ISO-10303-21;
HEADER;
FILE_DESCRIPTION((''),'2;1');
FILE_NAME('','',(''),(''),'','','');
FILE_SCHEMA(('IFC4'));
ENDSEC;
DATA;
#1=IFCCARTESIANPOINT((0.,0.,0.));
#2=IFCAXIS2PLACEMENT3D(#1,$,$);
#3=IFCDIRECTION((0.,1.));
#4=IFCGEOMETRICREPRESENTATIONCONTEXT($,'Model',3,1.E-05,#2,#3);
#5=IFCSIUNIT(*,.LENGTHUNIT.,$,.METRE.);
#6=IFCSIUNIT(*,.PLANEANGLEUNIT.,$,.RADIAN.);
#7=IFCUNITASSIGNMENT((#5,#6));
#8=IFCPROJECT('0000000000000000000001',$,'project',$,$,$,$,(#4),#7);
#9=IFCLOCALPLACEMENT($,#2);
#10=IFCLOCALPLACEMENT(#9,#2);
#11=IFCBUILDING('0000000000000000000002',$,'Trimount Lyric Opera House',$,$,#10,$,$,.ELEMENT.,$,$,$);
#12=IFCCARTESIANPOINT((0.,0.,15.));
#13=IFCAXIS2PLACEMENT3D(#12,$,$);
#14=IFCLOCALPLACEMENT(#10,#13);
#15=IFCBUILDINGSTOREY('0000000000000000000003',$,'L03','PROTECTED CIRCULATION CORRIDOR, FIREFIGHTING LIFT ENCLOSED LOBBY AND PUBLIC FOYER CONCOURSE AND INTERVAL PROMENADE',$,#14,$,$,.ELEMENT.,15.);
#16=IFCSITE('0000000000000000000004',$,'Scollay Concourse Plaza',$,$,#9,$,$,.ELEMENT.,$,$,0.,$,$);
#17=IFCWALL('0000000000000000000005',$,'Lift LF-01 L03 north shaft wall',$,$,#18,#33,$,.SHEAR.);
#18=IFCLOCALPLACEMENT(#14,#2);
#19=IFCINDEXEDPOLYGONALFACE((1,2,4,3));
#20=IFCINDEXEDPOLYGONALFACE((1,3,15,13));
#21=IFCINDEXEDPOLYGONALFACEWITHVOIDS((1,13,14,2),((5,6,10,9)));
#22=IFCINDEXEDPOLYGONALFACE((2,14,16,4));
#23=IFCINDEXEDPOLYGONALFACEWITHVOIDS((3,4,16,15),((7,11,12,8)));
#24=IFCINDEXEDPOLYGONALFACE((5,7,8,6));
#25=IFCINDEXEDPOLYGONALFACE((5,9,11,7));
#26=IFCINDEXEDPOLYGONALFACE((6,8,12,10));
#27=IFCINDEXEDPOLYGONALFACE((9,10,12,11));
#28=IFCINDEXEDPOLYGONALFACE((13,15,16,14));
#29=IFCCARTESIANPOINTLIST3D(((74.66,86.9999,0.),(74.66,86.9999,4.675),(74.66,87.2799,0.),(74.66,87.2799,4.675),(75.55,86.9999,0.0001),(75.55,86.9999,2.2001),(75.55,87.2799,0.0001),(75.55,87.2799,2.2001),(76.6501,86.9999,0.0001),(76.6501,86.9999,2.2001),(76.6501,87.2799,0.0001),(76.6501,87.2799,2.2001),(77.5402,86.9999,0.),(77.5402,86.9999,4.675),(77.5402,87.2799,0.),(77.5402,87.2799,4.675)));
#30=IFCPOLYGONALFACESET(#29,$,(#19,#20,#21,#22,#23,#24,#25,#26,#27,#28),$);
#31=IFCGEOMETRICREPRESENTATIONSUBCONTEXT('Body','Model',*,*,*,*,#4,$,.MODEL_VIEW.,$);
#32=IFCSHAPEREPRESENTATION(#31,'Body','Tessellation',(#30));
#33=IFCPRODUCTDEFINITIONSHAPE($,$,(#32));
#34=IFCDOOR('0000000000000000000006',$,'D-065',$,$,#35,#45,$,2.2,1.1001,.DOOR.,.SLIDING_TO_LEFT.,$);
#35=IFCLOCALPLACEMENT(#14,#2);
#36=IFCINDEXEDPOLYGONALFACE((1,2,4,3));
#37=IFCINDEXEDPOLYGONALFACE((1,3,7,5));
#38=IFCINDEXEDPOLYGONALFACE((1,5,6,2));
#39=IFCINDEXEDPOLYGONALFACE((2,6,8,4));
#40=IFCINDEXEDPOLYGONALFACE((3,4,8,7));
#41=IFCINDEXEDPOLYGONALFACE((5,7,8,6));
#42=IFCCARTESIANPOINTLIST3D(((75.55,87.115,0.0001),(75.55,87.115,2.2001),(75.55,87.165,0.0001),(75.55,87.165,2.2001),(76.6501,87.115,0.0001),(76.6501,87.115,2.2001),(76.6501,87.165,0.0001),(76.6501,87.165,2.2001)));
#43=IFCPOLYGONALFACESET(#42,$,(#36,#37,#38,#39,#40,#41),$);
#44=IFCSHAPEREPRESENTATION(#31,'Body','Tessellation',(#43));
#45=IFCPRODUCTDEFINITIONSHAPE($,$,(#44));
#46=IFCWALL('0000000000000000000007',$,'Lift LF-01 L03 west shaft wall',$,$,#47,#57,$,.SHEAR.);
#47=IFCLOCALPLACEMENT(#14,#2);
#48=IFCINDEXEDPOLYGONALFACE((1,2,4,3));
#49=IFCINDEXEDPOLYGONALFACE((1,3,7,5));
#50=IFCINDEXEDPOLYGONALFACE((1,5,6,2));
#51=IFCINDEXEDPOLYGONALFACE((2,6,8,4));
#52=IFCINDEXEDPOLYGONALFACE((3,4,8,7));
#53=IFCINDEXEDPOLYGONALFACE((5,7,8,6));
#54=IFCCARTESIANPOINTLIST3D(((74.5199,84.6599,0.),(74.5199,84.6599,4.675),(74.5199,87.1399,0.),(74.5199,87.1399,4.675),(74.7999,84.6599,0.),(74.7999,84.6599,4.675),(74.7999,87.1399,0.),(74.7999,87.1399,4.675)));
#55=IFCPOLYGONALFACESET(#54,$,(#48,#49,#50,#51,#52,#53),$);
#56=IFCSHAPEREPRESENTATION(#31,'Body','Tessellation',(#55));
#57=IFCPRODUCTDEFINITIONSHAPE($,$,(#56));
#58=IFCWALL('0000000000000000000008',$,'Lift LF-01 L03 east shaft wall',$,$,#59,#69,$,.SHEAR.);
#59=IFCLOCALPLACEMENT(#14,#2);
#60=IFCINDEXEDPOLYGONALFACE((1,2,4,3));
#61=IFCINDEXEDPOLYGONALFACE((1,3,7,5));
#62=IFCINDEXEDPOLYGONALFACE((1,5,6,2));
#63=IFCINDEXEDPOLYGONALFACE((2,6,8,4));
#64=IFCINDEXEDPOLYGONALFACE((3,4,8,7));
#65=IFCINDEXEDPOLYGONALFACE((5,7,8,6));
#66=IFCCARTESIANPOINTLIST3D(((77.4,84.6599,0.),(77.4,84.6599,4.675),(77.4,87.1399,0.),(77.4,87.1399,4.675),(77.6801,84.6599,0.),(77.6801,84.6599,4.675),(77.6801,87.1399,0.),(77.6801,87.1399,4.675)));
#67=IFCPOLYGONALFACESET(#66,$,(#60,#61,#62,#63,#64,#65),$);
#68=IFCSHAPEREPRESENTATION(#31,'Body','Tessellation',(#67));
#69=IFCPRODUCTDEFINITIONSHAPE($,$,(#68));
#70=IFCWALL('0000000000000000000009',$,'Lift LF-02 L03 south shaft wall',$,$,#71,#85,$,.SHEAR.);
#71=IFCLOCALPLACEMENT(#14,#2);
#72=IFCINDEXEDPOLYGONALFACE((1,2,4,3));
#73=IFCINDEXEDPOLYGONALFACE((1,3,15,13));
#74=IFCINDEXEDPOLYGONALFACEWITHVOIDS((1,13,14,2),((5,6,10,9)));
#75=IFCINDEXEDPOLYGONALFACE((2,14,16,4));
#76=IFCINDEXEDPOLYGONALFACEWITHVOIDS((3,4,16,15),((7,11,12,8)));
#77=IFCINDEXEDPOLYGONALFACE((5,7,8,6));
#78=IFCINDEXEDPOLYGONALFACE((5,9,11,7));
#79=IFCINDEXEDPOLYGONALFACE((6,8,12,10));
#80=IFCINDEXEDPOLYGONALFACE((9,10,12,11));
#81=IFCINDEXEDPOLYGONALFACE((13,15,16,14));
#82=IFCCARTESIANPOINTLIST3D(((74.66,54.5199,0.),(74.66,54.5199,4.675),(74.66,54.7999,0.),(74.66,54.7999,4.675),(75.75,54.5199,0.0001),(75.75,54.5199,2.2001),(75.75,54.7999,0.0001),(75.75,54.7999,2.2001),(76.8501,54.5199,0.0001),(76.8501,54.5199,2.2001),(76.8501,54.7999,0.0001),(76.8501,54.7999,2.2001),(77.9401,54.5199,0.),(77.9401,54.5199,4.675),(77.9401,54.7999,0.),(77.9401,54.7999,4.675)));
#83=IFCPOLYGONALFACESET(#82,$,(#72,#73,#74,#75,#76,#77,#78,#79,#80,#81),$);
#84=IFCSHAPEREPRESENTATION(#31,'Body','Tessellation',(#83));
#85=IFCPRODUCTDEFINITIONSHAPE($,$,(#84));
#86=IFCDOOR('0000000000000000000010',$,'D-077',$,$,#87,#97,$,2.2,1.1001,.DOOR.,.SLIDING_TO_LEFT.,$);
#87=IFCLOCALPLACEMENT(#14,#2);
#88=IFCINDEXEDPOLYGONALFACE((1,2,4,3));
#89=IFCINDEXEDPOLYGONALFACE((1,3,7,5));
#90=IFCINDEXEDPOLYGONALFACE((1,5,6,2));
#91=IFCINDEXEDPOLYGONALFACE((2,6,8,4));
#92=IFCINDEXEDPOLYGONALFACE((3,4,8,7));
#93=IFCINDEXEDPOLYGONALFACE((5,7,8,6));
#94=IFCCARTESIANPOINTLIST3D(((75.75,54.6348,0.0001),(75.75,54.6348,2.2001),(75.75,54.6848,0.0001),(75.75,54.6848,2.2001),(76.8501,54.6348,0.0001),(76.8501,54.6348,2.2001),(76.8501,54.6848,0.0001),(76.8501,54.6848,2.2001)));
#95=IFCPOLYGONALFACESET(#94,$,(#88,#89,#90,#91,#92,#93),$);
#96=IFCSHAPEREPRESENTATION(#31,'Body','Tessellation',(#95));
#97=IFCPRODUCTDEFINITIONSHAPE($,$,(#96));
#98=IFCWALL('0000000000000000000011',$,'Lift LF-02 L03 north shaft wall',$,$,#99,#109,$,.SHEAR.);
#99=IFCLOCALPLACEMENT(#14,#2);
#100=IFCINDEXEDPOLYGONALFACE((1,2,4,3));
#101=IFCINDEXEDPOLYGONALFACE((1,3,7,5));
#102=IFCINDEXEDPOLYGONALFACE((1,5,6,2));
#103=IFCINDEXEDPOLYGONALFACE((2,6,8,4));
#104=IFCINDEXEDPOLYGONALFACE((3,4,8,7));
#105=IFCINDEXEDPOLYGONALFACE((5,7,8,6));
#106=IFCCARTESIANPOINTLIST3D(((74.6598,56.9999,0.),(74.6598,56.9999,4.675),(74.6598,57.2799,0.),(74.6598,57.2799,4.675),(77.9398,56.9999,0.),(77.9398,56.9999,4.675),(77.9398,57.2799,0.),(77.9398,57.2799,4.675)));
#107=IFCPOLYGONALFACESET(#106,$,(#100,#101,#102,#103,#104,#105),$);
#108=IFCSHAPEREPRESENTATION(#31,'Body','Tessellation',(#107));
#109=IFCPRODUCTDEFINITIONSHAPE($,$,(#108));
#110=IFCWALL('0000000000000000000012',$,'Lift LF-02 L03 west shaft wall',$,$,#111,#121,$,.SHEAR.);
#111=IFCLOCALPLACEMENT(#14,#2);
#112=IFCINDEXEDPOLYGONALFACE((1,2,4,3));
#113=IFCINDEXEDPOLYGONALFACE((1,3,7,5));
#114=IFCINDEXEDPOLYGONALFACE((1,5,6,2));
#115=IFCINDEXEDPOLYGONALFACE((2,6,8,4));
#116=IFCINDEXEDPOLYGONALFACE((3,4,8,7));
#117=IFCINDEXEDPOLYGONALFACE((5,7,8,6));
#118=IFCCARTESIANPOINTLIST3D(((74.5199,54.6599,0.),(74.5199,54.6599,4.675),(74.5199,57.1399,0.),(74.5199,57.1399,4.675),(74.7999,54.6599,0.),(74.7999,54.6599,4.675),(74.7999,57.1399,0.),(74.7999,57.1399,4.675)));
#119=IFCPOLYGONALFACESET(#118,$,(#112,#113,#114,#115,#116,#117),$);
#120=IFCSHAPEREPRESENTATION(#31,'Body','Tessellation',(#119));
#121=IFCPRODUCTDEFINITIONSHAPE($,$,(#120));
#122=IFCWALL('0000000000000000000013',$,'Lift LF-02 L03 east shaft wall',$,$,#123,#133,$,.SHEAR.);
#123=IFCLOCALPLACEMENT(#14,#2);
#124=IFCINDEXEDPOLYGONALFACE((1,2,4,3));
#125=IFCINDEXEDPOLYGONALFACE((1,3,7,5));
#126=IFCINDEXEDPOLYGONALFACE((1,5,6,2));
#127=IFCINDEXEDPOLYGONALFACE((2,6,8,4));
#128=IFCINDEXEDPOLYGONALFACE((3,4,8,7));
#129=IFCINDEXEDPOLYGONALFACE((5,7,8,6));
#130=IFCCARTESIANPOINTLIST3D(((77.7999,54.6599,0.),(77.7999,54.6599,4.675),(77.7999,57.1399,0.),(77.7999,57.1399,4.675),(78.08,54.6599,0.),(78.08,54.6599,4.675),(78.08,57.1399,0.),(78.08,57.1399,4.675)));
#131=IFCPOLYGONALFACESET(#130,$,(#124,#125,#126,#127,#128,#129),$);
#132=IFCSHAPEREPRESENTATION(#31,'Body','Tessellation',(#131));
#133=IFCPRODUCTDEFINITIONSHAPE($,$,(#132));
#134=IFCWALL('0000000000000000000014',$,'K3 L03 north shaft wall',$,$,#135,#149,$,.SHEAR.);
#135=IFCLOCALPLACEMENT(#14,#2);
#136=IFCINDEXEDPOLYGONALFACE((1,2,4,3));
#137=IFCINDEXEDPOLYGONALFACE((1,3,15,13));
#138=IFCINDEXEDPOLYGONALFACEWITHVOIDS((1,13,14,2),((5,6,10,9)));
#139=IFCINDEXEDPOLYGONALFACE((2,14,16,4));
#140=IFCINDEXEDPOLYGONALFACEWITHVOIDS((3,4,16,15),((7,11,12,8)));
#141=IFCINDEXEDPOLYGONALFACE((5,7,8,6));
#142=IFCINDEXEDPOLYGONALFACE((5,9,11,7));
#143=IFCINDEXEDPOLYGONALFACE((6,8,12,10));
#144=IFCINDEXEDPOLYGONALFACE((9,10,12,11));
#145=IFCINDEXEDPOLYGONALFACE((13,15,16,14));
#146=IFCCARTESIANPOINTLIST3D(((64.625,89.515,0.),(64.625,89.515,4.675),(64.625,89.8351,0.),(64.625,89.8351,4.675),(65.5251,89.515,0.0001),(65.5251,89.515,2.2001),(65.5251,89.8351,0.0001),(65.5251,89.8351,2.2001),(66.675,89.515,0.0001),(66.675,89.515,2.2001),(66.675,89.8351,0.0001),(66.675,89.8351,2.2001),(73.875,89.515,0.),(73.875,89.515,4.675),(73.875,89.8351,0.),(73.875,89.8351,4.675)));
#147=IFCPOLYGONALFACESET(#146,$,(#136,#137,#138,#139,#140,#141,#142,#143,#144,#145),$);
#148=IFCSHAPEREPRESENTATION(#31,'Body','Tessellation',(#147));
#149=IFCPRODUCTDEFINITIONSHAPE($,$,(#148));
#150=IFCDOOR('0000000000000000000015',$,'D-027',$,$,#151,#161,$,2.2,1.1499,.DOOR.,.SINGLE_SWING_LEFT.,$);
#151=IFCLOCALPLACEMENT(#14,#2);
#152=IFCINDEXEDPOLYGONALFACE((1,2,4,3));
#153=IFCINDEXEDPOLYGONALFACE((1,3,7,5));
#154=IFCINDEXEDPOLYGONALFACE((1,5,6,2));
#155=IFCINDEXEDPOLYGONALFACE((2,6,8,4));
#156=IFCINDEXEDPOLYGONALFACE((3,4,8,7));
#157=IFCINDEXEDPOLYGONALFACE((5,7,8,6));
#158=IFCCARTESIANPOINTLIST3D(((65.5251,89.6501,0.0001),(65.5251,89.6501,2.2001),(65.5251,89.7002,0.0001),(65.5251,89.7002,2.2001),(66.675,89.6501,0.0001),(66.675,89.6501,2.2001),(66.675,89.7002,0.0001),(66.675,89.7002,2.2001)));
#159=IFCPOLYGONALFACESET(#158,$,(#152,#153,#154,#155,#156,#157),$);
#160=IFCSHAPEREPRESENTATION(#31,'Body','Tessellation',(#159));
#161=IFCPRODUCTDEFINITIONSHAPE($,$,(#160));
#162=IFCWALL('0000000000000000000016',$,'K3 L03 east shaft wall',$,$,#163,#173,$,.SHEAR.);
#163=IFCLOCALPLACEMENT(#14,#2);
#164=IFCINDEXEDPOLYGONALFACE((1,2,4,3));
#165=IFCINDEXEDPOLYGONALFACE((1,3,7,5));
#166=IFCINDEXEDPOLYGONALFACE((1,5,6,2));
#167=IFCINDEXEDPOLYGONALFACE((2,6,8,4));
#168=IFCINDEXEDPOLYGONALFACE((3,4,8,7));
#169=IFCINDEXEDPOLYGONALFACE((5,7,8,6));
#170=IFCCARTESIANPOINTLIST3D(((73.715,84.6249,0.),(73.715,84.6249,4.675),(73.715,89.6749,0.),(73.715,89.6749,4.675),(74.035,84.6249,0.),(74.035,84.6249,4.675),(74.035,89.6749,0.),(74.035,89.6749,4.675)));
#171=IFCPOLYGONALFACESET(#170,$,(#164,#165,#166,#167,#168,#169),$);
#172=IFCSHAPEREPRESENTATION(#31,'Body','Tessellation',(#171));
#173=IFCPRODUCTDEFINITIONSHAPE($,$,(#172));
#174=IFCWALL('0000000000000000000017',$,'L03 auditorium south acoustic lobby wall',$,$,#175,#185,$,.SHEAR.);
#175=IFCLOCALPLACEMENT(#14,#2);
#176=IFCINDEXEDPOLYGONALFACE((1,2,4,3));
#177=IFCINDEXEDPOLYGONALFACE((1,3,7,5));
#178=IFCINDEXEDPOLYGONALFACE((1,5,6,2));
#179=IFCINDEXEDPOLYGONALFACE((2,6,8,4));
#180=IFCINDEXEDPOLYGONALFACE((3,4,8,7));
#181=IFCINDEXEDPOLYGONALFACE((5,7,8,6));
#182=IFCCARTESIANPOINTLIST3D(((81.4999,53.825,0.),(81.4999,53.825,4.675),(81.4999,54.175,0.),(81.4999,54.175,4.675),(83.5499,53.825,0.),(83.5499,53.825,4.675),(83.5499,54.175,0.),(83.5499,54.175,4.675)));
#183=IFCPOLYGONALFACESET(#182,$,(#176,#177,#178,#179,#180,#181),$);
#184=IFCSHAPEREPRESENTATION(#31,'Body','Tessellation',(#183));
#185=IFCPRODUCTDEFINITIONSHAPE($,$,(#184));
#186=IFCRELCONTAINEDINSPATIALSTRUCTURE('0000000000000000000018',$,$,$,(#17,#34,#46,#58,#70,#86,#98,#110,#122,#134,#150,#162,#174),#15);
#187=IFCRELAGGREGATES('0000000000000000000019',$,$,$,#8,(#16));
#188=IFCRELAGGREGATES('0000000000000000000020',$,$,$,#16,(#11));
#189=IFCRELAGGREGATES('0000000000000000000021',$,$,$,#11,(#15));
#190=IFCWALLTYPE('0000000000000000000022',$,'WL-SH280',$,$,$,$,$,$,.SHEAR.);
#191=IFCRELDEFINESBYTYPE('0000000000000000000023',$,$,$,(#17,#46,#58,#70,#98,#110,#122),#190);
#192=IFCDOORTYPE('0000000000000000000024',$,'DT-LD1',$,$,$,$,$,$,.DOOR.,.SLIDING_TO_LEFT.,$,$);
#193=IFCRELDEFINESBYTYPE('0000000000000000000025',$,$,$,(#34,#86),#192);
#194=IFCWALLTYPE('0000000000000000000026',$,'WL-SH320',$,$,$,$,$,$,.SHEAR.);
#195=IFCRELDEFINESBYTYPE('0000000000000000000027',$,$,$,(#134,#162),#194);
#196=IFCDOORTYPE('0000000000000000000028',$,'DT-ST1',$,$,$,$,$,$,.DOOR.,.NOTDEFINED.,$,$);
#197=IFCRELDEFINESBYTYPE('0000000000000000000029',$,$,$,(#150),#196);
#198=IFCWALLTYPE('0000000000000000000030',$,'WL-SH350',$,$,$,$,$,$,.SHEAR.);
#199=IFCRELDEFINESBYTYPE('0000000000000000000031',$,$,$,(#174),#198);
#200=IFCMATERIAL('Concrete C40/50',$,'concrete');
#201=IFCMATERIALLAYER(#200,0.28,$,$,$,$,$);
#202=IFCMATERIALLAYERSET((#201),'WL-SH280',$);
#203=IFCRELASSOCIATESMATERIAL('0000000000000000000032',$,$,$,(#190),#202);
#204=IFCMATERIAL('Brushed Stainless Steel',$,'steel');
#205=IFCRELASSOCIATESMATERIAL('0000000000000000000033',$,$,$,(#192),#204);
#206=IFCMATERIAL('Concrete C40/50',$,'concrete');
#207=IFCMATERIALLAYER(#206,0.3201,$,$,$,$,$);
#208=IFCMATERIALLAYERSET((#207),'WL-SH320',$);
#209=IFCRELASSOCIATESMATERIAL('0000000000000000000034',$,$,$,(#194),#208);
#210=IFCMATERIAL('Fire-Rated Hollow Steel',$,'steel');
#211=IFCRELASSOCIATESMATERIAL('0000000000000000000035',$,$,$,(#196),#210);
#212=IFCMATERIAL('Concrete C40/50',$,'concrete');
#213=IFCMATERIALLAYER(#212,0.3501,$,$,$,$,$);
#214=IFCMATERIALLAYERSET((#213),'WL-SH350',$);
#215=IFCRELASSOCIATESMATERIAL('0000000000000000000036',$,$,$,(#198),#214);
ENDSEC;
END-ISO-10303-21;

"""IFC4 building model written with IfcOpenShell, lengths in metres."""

from ifc_helpers import new_model, si_unit, direction, frame, frame_2d, origin, place, context, subcontext, project, spatial, rectangle, extrude, material, layer, layer_set, type_object, element, fill, save


model = new_model("IFC4")

# Units and contexts
model_context = context("Model", 3, precision=1e-05, world=origin(), true_north=direction((0.0, 1.0)))
body_context = subcontext(model_context, "Body", "Model", "MODEL_VIEW")
ifc_project = project(units=[si_unit("LENGTHUNIT", "METRE"), si_unit("PLANEANGLEUNIT", "RADIAN")], contexts=[model_context])

# Site, building, storey
site_placement = place(None, origin())
site = spatial("IfcSite", under=ifc_project, at=site_placement, Name="Scollay Concourse Plaza", CompositionType="ELEMENT", RefElevation=0.0)
building_placement = place(site_placement, origin())
building = spatial("IfcBuilding", under=site, at=building_placement, Name="Trimount Lyric Opera House", CompositionType="ELEMENT")
storey_placement = place(building_placement, frame((0.0, 0.0, 15.0)))
storey = spatial("IfcBuildingStorey", under=building, at=storey_placement, Name="L03", Description="PROTECTED CIRCULATION CORRIDOR, FIREFIGHTING LIFT ENCLOSED LOBBY AND PUBLIC FOYER CONCOURSE AND INTERVAL PROMENADE", CompositionType="ELEMENT", Elevation=15.0)

# Shared definitions
ifc_material_1 = material(Name="Concrete C40/50", Category="concrete")
ifc_layer_1 = layer(ifc_material_1, 0.28)
ifc_layer_set_1 = layer_set([ifc_layer_1], Name="WL-SH280")
wall_type_1 = type_object("IfcWallType", Name="WL-SH280", PredefinedType="SHEAR", material=ifc_layer_set_1)

# Wall, opening, door
wall_1_placement = place(storey_placement, frame((77.54, 87.1399, 0.0), z_axis=(0.0, 0.0, 1.0), x_axis=(-1.0, 0.0, 0.0)))
wall_1 = element("IfcWall", 1, at=wall_1_placement, inside=storey, type_object=wall_type_1, Name="Lift LF-01 L03 north shaft wall", PredefinedType="SHEAR", context=body_context, shape_type="SweptSolid", body=[
    extrude(rectangle(XDim=2.8801, YDim=0.28, at=frame_2d((1.4399, 0.0))), origin(), (0.0, 0.0, 1.0), 4.675),
])
opening_1_placement = place(wall_1_placement, frame((0.8899, 0.0, 0.0)))
opening_1 = element("IfcOpeningElement", 2, at=opening_1_placement, cuts=wall_1, PredefinedType="OPENING", context=body_context, shape_type="SweptSolid", body=[
    extrude(rectangle(XDim=1.1001, YDim=2.2, at=frame_2d((0.55, 1.1001))), frame((0.0, 0.1499, 0.0), z_axis=(0.0, -1.0, 0.0), x_axis=(1.0, 0.0, 0.0)), (0.0, 0.0, 1.0), 0.3),
])
ifc_material_2 = material(Name="Brushed Stainless Steel", Category="steel")
door_type_1 = type_object("IfcDoorType", Name="DT-LD1", OperationType="SLIDING_TO_LEFT", PredefinedType="DOOR", material=ifc_material_2)
door_1_placement = place(opening_1_placement, origin())
door_1 = element("IfcDoor", 3, at=door_1_placement, inside=storey, type_object=door_type_1, Name="D-065", OperationType="SLIDING_TO_LEFT", OverallHeight=2.2, OverallWidth=1.1001, PredefinedType="DOOR", context=body_context, shape_type="SweptSolid", body=[
    extrude(rectangle(XDim=1.1001, YDim=2.2, at=frame_2d((0.55, 1.1001))), frame((0.0, 0.0249, 0.0), z_axis=(0.0, -1.0, 0.0), x_axis=(1.0, 0.0, 0.0)), (0.0, 0.0, 1.0), 0.05),
])
fill(opening_1, door_1)

# Walls
for number, where, z_axis, x_axis, name in (
    (4, (74.6599, 87.1399, 0.0), (0.0, 0.0, 1.0), (0.0, -1.0, 0.0), "Lift LF-01 L03 west shaft wall"),
    (5, (77.54, 84.6599, 0.0), (0.0, 0.0, 1.0), (0.0, 1.0, 0.0), "Lift LF-01 L03 east shaft wall"),
):
    element("IfcWall", number, at=place(storey_placement, frame(where, z_axis=z_axis, x_axis=x_axis)), inside=storey, type_object=wall_type_1, Name=name, PredefinedType="SHEAR", context=body_context, shape_type="SweptSolid", body=[
        extrude(rectangle(XDim=2.48, YDim=0.28, at=frame_2d((1.24, 0.0))), origin(), (0.0, 0.0, 1.0), 4.675),
    ])

# Wall, opening, door
wall_2_placement = place(storey_placement, frame((74.6599, 54.6599, 0.0), z_axis=(0.0, 0.0, 1.0), x_axis=(1.0, 0.0, 0.0)))
wall_2 = element("IfcWall", 6, at=wall_2_placement, inside=storey, type_object=wall_type_1, Name="Lift LF-02 L03 south shaft wall", PredefinedType="SHEAR", context=body_context, shape_type="SweptSolid", body=[
    extrude(rectangle(XDim=3.28, YDim=0.28, at=frame_2d((1.6401, 0.0))), origin(), (0.0, 0.0, 1.0), 4.675),
])
opening_2_placement = place(wall_2_placement, frame((1.0901, 0.0, 0.0)))
opening_2 = element("IfcOpeningElement", 7, at=opening_2_placement, cuts=wall_2, PredefinedType="OPENING", context=body_context, shape_type="SweptSolid", body=[
    extrude(rectangle(XDim=1.1001, YDim=2.2, at=frame_2d((0.55, 1.1001))), frame((0.0, 0.1499, 0.0), z_axis=(0.0, -1.0, 0.0), x_axis=(1.0, 0.0, 0.0)), (0.0, 0.0, 1.0), 0.3),
])
door_2_placement = place(opening_2_placement, origin())
door_2 = element("IfcDoor", 8, at=door_2_placement, inside=storey, type_object=door_type_1, Name="D-077", OperationType="SLIDING_TO_LEFT", OverallHeight=2.2, OverallWidth=1.1001, PredefinedType="DOOR", context=body_context, shape_type="SweptSolid", body=[
    extrude(rectangle(XDim=1.1001, YDim=2.2, at=frame_2d((0.55, 1.1001))), frame((0.0, 0.0249, 0.0), z_axis=(0.0, -1.0, 0.0), x_axis=(1.0, 0.0, 0.0)), (0.0, 0.0, 1.0), 0.05),
])
fill(opening_2, door_2)

# Walls
wall_3_placement = place(storey_placement, frame((77.9399, 57.1399, 0.0), z_axis=(0.0, 0.0, 1.0), x_axis=(-1.0, 0.0, 0.0)))
element("IfcWall", 9, at=wall_3_placement, inside=storey, type_object=wall_type_1, Name="Lift LF-02 L03 north shaft wall", PredefinedType="SHEAR", context=body_context, shape_type="SweptSolid", body=[
    extrude(rectangle(XDim=3.28, YDim=0.28, at=frame_2d((1.6401, 0.0))), origin(), (0.0, 0.0, 1.0), 4.675),
])
for number, where, z_axis, x_axis, name in (
    (10, (74.6599, 57.1399, 0.0), (0.0, 0.0, 1.0), (0.0, -1.0, 0.0), "Lift LF-02 L03 west shaft wall"),
    (11, (77.9399, 54.6599, 0.0), (0.0, 0.0, 1.0), (0.0, 1.0, 0.0), "Lift LF-02 L03 east shaft wall"),
):
    element("IfcWall", number, at=place(storey_placement, frame(where, z_axis=z_axis, x_axis=x_axis)), inside=storey, type_object=wall_type_1, Name=name, PredefinedType="SHEAR", context=body_context, shape_type="SweptSolid", body=[
        extrude(rectangle(XDim=2.48, YDim=0.28, at=frame_2d((1.24, 0.0))), origin(), (0.0, 0.0, 1.0), 4.675),
    ])

# Wall, opening, door
ifc_material_3 = material(Name="Concrete C40/50", Category="concrete")
ifc_layer_2 = layer(ifc_material_3, 0.3201)
ifc_layer_set_2 = layer_set([ifc_layer_2], Name="WL-SH320")
wall_type_2 = type_object("IfcWallType", Name="WL-SH320", PredefinedType="SHEAR", material=ifc_layer_set_2)
wall_4_placement = place(storey_placement, frame((73.875, 89.675, 0.0), z_axis=(0.0, 0.0, 1.0), x_axis=(-1.0, 0.0, 0.0)))
wall_4 = element("IfcWall", 12, at=wall_4_placement, inside=storey, type_object=wall_type_2, Name="K3 L03 north shaft wall", PredefinedType="SHEAR", context=body_context, shape_type="SweptSolid", body=[
    extrude(rectangle(XDim=9.25, YDim=0.3201, at=frame_2d((4.625, 0.0))), origin(), (0.0, 0.0, 1.0), 4.675),
])
opening_3_placement = place(wall_4_placement, frame((7.2, 0.0, 0.0)))
opening_3 = element("IfcOpeningElement", 13, at=opening_3_placement, cuts=wall_4, PredefinedType="OPENING", context=body_context, shape_type="SweptSolid", body=[
    extrude(rectangle(XDim=1.1499, YDim=2.2, at=frame_2d((0.575, 1.1001))), frame((0.0, 0.1699, 0.0), z_axis=(0.0, -1.0, 0.0), x_axis=(1.0, 0.0, 0.0)), (0.0, 0.0, 1.0), 0.3401),
])
ifc_material_4 = material(Name="Fire-Rated Hollow Steel", Category="steel")
door_type_2 = type_object("IfcDoorType", Name="DT-ST1", OperationType="NOTDEFINED", PredefinedType="DOOR", material=ifc_material_4)
door_3_placement = place(opening_3_placement, origin())
door_3 = element("IfcDoor", 14, at=door_3_placement, inside=storey, type_object=door_type_2, Name="D-027", OperationType="SINGLE_SWING_LEFT", OverallHeight=2.2, OverallWidth=1.1499, PredefinedType="DOOR", context=body_context, shape_type="SweptSolid", body=[
    extrude(rectangle(XDim=1.1499, YDim=2.2, at=frame_2d((0.575, 1.1001))), frame((0.0, 0.0249, 0.0), z_axis=(0.0, -1.0, 0.0), x_axis=(1.0, 0.0, 0.0)), (0.0, 0.0, 1.0), 0.05),
])
fill(opening_3, door_3)

# Walls
wall_5_placement = place(storey_placement, frame((73.875, 84.625, 0.0), z_axis=(0.0, 0.0, 1.0), x_axis=(0.0, 1.0, 0.0)))
element("IfcWall", 15, at=wall_5_placement, inside=storey, type_object=wall_type_2, Name="K3 L03 east shaft wall", PredefinedType="SHEAR", context=body_context, shape_type="SweptSolid", body=[
    extrude(rectangle(XDim=5.05, YDim=0.3201, at=frame_2d((2.5249, 0.0))), origin(), (0.0, 0.0, 1.0), 4.675),
])
ifc_material_5 = material(Name="Concrete C40/50", Category="concrete")
ifc_layer_3 = layer(ifc_material_5, 0.3501)
ifc_layer_set_3 = layer_set([ifc_layer_3], Name="WL-SH350")
wall_type_3 = type_object("IfcWallType", Name="WL-SH350", PredefinedType="SHEAR", material=ifc_layer_set_3)
wall_6_placement = place(storey_placement, frame((81.5, 54.0, 0.0), z_axis=(0.0, 0.0, 1.0), x_axis=(1.0, 0.0, 0.0)))
element("IfcWall", 16, at=wall_6_placement, inside=storey, type_object=wall_type_3, Name="L03 auditorium south acoustic lobby wall", PredefinedType="SHEAR", context=body_context, shape_type="SweptSolid", body=[
    extrude(rectangle(XDim=2.05, YDim=0.3501, at=frame_2d((1.0249, 0.0))), origin(), (0.0, 0.0, 1.0), 4.675),
])

save(model, "model.ifc")
